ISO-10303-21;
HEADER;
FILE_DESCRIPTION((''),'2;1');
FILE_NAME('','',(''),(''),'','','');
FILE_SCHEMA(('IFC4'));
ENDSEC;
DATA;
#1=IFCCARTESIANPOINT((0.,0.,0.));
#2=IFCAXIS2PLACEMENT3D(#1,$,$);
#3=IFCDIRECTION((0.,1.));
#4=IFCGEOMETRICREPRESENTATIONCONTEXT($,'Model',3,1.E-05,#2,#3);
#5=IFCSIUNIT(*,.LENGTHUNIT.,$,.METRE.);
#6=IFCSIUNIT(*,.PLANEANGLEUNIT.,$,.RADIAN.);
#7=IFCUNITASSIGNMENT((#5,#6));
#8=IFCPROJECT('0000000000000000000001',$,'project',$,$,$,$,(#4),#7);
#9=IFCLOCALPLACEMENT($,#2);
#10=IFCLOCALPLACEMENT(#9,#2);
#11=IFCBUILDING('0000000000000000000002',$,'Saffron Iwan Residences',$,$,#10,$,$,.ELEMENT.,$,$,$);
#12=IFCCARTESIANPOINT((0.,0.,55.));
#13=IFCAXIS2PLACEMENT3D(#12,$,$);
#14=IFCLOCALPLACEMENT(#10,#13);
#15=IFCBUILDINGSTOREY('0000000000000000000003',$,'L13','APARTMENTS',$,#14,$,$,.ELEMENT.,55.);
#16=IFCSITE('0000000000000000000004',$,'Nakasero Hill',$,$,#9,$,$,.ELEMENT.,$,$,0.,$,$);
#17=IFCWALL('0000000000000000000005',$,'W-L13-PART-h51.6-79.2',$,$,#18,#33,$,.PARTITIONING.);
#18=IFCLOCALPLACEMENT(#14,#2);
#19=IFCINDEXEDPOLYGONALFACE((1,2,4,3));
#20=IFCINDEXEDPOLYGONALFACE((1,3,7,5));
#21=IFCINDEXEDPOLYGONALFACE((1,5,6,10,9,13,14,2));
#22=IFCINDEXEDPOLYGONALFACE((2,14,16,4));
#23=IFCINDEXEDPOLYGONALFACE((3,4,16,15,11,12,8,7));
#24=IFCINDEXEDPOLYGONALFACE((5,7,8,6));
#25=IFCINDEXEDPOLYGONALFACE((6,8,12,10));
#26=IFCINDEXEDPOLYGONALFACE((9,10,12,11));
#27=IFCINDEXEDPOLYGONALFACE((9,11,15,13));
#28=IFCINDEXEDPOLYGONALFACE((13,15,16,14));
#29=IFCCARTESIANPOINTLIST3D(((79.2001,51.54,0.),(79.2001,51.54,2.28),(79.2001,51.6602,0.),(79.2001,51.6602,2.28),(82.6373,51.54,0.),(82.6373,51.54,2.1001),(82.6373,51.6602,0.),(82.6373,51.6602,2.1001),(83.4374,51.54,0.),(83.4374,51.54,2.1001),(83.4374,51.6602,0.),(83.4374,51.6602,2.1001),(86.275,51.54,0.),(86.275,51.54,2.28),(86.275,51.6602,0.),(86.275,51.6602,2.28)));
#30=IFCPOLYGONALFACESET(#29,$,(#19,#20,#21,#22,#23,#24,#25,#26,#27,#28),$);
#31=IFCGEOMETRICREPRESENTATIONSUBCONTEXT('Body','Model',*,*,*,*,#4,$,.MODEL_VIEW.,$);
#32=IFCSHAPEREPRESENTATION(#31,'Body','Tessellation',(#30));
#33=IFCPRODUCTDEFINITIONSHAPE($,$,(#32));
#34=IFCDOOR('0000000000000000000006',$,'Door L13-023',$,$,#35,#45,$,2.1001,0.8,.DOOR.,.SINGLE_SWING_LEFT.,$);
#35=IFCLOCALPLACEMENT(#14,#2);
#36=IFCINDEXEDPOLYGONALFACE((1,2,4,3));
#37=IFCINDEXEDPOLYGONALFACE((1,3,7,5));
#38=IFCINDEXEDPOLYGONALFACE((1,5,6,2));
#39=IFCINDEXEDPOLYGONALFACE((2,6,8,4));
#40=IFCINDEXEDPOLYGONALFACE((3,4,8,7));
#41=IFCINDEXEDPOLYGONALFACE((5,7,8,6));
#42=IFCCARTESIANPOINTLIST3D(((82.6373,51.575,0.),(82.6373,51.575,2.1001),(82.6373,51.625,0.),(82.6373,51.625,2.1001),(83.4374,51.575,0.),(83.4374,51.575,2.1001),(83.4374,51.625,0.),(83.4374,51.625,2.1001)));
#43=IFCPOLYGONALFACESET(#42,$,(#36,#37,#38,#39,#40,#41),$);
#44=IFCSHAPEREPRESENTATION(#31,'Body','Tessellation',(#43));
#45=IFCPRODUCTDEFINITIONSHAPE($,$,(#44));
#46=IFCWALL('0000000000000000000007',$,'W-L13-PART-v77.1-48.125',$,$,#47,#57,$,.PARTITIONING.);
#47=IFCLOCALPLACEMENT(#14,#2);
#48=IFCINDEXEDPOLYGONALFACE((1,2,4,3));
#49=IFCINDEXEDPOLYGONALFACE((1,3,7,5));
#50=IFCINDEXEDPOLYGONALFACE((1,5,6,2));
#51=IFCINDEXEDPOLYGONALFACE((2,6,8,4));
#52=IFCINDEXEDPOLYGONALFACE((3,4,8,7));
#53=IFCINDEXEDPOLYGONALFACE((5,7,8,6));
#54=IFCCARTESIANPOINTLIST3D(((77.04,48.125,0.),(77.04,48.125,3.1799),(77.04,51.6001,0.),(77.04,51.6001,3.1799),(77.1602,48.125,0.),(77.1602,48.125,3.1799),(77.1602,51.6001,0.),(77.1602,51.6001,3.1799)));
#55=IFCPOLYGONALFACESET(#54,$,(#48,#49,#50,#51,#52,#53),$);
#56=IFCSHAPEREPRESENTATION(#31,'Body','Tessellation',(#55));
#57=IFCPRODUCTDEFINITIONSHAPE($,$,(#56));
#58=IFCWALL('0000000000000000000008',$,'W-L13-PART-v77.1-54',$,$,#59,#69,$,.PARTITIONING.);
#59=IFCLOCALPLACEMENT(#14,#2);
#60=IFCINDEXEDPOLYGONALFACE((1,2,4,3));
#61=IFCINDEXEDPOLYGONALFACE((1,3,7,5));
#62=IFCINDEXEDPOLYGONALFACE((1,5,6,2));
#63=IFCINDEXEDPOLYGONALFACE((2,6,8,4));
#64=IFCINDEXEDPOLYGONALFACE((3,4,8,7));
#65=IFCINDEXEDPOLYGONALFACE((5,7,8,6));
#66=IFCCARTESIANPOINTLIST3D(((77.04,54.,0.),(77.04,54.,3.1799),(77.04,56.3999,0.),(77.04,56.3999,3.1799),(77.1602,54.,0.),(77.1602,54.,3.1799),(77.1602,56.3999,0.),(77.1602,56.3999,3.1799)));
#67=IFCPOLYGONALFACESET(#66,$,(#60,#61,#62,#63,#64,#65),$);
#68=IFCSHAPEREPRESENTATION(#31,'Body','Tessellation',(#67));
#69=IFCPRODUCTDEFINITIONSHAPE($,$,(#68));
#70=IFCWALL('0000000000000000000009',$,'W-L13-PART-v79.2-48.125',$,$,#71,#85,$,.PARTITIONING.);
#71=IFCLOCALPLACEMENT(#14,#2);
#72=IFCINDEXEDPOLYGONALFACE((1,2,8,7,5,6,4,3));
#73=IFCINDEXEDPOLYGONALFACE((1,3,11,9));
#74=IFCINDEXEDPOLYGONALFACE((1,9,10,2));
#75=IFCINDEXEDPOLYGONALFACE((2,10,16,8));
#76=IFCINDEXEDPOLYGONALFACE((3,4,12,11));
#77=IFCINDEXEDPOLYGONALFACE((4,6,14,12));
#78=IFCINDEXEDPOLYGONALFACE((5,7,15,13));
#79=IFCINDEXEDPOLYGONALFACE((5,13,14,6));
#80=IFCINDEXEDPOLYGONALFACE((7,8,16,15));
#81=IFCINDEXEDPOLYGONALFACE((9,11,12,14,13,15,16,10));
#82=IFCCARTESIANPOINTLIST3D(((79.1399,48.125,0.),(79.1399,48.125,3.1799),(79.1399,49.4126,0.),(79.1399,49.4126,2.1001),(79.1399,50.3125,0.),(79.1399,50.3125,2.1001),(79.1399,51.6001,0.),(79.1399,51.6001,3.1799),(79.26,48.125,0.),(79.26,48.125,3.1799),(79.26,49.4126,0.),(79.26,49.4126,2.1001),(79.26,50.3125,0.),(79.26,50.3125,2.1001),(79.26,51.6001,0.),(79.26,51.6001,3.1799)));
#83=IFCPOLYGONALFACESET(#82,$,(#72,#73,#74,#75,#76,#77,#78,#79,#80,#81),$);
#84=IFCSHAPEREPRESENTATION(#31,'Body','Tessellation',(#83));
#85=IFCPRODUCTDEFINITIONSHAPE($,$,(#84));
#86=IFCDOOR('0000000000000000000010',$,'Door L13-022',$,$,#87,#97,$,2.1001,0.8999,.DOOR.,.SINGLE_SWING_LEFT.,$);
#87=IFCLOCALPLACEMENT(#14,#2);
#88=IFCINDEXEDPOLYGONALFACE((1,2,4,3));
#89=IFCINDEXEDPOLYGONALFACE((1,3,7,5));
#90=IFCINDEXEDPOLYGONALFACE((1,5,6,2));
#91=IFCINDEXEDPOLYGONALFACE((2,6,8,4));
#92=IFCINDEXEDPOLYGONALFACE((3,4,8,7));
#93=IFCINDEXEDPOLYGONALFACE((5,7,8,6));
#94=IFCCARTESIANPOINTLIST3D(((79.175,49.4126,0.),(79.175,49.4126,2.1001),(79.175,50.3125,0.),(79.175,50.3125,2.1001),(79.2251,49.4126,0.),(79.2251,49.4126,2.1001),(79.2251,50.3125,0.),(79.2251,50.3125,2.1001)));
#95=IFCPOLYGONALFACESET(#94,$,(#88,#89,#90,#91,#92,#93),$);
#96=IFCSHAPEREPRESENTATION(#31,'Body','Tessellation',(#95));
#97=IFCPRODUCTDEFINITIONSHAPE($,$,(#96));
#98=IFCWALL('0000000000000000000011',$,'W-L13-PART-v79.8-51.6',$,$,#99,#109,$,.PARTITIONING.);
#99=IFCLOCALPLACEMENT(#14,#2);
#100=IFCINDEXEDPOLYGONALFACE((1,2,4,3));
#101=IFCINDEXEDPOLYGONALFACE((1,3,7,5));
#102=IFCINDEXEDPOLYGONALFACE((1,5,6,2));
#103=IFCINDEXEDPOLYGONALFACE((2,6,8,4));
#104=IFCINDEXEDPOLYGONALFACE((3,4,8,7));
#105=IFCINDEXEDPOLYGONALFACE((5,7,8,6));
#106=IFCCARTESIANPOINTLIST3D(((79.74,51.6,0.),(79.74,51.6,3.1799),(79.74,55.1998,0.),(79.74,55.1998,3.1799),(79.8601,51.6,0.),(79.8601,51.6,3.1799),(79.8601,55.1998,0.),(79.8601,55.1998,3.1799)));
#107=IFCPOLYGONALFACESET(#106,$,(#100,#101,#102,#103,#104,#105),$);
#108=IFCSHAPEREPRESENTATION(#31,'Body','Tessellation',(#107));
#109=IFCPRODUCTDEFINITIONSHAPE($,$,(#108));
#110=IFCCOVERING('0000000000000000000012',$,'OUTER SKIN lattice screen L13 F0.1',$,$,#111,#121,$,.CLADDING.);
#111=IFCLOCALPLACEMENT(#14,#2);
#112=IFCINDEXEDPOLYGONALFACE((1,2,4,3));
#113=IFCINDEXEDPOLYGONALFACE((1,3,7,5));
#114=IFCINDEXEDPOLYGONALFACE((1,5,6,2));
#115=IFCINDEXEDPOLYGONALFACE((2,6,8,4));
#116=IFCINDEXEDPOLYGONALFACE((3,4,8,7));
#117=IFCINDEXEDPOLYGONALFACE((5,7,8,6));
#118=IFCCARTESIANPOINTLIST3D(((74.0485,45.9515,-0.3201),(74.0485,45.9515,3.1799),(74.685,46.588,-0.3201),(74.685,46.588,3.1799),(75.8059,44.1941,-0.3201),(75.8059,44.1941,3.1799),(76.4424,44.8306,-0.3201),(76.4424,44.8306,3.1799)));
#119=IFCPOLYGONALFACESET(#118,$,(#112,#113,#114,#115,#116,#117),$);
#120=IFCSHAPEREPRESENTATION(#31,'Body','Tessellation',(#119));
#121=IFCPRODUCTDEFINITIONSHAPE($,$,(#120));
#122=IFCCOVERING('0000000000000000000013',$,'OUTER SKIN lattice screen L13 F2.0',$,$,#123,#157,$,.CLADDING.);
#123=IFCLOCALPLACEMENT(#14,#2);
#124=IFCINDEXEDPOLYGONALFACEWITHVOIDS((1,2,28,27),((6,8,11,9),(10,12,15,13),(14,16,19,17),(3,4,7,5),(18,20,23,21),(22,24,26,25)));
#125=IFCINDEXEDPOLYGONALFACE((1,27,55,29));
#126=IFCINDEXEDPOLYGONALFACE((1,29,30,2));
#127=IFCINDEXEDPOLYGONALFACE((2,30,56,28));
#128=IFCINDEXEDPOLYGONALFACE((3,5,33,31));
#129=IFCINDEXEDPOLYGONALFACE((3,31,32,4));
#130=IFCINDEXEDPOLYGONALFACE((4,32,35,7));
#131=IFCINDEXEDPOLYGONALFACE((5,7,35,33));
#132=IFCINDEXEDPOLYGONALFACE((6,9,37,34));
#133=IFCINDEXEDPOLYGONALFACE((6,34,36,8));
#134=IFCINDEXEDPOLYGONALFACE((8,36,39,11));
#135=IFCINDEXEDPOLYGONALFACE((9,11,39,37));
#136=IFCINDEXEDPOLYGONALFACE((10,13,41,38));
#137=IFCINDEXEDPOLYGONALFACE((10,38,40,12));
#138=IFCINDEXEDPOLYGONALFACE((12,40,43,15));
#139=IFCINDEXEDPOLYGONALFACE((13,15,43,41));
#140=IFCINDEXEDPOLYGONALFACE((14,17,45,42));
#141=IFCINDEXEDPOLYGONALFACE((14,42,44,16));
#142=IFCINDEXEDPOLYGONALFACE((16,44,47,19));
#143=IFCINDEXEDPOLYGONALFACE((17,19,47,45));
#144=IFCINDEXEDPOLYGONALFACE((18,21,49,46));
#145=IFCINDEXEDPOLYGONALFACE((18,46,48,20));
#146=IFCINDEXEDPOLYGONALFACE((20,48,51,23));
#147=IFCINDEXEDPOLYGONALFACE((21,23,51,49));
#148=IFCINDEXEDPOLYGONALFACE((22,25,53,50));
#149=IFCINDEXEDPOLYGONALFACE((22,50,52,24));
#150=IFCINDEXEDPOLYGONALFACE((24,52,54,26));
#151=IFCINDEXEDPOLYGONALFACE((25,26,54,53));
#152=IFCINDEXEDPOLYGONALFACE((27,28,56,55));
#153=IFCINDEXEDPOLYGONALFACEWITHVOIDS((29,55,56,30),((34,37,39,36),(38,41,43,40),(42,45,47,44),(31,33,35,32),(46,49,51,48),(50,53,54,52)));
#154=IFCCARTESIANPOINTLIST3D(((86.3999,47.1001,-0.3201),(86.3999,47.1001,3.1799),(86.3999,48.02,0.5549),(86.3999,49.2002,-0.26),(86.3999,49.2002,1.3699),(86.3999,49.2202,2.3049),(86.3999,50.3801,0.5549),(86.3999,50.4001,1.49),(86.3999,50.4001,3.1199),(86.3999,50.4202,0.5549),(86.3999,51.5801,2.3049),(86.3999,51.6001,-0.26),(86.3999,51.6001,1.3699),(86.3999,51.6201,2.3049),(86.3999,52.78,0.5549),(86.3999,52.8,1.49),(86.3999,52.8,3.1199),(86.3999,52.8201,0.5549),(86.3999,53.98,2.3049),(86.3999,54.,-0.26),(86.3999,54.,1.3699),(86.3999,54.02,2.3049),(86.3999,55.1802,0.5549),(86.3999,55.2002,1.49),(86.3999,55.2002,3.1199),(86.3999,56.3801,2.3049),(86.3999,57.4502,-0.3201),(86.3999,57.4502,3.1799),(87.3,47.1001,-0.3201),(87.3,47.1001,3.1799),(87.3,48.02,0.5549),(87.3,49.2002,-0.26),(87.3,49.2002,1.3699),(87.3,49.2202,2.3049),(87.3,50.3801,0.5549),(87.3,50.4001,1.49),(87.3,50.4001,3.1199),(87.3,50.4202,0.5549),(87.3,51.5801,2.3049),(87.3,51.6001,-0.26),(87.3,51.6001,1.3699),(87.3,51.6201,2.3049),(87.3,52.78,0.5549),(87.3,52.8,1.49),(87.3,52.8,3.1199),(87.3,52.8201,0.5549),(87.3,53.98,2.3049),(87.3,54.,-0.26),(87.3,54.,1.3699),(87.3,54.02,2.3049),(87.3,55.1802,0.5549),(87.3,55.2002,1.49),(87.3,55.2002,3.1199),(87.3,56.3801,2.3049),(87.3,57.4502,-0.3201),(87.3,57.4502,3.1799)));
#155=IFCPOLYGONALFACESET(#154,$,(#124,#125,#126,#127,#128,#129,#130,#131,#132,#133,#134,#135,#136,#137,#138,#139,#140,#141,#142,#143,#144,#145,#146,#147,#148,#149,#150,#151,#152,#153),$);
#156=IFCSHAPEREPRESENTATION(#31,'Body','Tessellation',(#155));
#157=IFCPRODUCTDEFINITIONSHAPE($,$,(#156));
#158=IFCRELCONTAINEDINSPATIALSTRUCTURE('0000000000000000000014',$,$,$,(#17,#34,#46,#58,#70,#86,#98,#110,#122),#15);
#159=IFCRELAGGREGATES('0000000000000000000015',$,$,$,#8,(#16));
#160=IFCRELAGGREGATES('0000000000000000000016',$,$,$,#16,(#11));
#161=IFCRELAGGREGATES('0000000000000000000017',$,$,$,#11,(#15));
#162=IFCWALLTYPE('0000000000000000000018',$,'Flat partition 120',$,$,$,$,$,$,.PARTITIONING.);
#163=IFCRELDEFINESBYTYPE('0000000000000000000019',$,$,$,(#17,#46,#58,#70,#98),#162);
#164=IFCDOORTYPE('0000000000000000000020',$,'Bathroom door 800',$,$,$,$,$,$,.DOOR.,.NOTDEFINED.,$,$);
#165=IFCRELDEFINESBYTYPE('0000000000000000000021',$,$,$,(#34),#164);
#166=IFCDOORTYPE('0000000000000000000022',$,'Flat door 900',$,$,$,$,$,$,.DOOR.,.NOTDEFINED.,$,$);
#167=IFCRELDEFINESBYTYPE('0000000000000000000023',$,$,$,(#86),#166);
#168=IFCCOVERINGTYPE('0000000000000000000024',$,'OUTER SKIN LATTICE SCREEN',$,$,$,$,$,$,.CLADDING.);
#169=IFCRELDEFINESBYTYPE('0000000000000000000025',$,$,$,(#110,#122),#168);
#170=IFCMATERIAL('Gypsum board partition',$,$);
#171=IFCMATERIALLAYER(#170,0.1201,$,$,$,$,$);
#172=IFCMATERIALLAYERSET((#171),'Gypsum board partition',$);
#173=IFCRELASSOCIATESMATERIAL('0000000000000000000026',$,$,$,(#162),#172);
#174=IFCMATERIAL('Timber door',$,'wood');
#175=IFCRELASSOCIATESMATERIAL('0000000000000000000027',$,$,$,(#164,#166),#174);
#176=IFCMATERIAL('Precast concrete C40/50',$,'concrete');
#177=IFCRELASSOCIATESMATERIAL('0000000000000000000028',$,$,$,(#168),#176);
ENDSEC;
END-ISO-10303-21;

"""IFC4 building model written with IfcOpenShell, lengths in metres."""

from ifc_helpers import new_model, si_unit, direction, frame, frame_2d, origin, place, context, subcontext, project, spatial, polyline, rectangle, outline, extrude, material, layer, layer_set, type_object, element, fill, save


model = new_model("IFC4")

# Units and contexts
model_context = context("Model", 3, precision=1e-05, world=origin(), true_north=direction((0.0, 1.0)))
body_context = subcontext(model_context, "Body", "Model", "MODEL_VIEW")
ifc_project = project(units=[si_unit("LENGTHUNIT", "METRE"), si_unit("PLANEANGLEUNIT", "RADIAN")], contexts=[model_context])

# Site, building, storey
site_placement = place(None, origin())
site = spatial("IfcSite", under=ifc_project, at=site_placement, Name="Nakasero Hill", CompositionType="ELEMENT", RefElevation=0.0)
building_placement = place(site_placement, origin())
building = spatial("IfcBuilding", under=site, at=building_placement, Name="Saffron Iwan Residences", CompositionType="ELEMENT")
storey_placement = place(building_placement, frame((0.0, 0.0, 55.0)))
storey = spatial("IfcBuildingStorey", under=building, at=storey_placement, Name="L13", Description="APARTMENTS", CompositionType="ELEMENT", Elevation=55.0)

# Wall, opening, door
ifc_material_1 = material(Name="Gypsum board partition")
ifc_layer_1 = layer(ifc_material_1, 0.1201)
ifc_layer_set_1 = layer_set([ifc_layer_1], Name="Gypsum board partition")
wall_type_1 = type_object("IfcWallType", Name="Flat partition 120", PredefinedType="PARTITIONING", material=ifc_layer_set_1)
wall_1_placement = place(storey_placement, frame((79.2, 51.6001, 0.0), z_axis=(0.0, 0.0, 1.0), x_axis=(1.0, 0.0, 0.0)))
wall_1 = element("IfcWall", 1, at=wall_1_placement, inside=storey, type_object=wall_type_1, Name="W-L13-PART-h51.6-79.2", PredefinedType="PARTITIONING", context=body_context, shape_type="SweptSolid", body=[
    extrude(rectangle(XDim=7.075, YDim=0.1201, at=frame_2d((3.5376, 0.0))), origin(), (0.0, 0.0, 1.0), 2.28),
])
opening_1_placement = place(wall_1_placement, frame((3.4375, 0.0, 0.0)))
opening_1 = element("IfcOpeningElement", 2, at=opening_1_placement, cuts=wall_1, PredefinedType="OPENING", context=body_context, shape_type="SweptSolid", body=[
    extrude(rectangle(XDim=0.8, YDim=2.1001, at=frame_2d((0.3999, 1.05))), frame((0.0, 0.0701, 0.0), z_axis=(0.0, -1.0, 0.0), x_axis=(1.0, 0.0, 0.0)), (0.0, 0.0, 1.0), 0.1401),
])
ifc_material_2 = material(Name="Timber door", Category="wood")
door_type_1 = type_object("IfcDoorType", Name="Bathroom door 800", OperationType="NOTDEFINED", PredefinedType="DOOR", material=ifc_material_2)
door_1_placement = place(opening_1_placement, origin())
door_1 = element("IfcDoor", 3, at=door_1_placement, inside=storey, type_object=door_type_1, Name="Door L13-023", OperationType="SINGLE_SWING_LEFT", OverallHeight=2.1001, OverallWidth=0.8, PredefinedType="DOOR", context=body_context, shape_type="SweptSolid", body=[
    extrude(rectangle(XDim=0.8, YDim=2.1001, at=frame_2d((0.3999, 1.05))), frame((0.0, 0.0249, 0.0), z_axis=(0.0, -1.0, 0.0), x_axis=(1.0, 0.0, 0.0)), (0.0, 0.0, 1.0), 0.05),
])
fill(opening_1, door_1)

# Walls
wall_2_placement = place(storey_placement, frame((77.1001, 48.125, 0.0), z_axis=(0.0, 0.0, 1.0), x_axis=(0.0, 1.0, 0.0)))
element("IfcWall", 4, at=wall_2_placement, inside=storey, type_object=wall_type_1, Name="W-L13-PART-v77.1-48.125", PredefinedType="PARTITIONING", context=body_context, shape_type="SweptSolid", body=[
    extrude(rectangle(XDim=3.4751, YDim=0.1201, at=frame_2d((1.7375, 0.0))), origin(), (0.0, 0.0, 1.0), 3.1799),
])
wall_3_placement = place(storey_placement, frame((77.1001, 54.0, 0.0), z_axis=(0.0, 0.0, 1.0), x_axis=(0.0, 1.0, 0.0)))
element("IfcWall", 5, at=wall_3_placement, inside=storey, type_object=wall_type_1, Name="W-L13-PART-v77.1-54", PredefinedType="PARTITIONING", context=body_context, shape_type="SweptSolid", body=[
    extrude(rectangle(XDim=2.3999, YDim=0.1201, at=frame_2d((1.2, 0.0))), origin(), (0.0, 0.0, 1.0), 3.1799),
])

# Wall, opening, door
wall_4_placement = place(storey_placement, frame((79.2, 48.125, 0.0), z_axis=(0.0, 0.0, 1.0), x_axis=(0.0, 1.0, 0.0)))
wall_4 = element("IfcWall", 6, at=wall_4_placement, inside=storey, type_object=wall_type_1, Name="W-L13-PART-v79.2-48.125", PredefinedType="PARTITIONING", context=body_context, shape_type="SweptSolid", body=[
    extrude(rectangle(XDim=3.4751, YDim=0.1201, at=frame_2d((1.7375, 0.0))), origin(), (0.0, 0.0, 1.0), 3.1799),
])
opening_2_placement = place(wall_4_placement, frame((1.2876, 0.0, 0.0)))
opening_2 = element("IfcOpeningElement", 7, at=opening_2_placement, cuts=wall_4, PredefinedType="OPENING", context=body_context, shape_type="SweptSolid", body=[
    extrude(rectangle(XDim=0.8999, YDim=2.1001, at=frame_2d((0.45, 1.05))), frame((0.0, 0.0701, 0.0), z_axis=(0.0, -1.0, 0.0), x_axis=(1.0, 0.0, 0.0)), (0.0, 0.0, 1.0), 0.1401),
])
door_type_2 = type_object("IfcDoorType", Name="Flat door 900", OperationType="NOTDEFINED", PredefinedType="DOOR", material=ifc_material_2)
door_2_placement = place(opening_2_placement, origin())
door_2 = element("IfcDoor", 8, at=door_2_placement, inside=storey, type_object=door_type_2, Name="Door L13-022", OperationType="SINGLE_SWING_LEFT", OverallHeight=2.1001, OverallWidth=0.8999, PredefinedType="DOOR", context=body_context, shape_type="SweptSolid", body=[
    extrude(rectangle(XDim=0.8999, YDim=2.1001, at=frame_2d((0.45, 1.05))), frame((0.0, 0.0249, 0.0), z_axis=(0.0, -1.0, 0.0), x_axis=(1.0, 0.0, 0.0)), (0.0, 0.0, 1.0), 0.05),
])
fill(opening_2, door_2)

# Wall
wall_5_placement = place(storey_placement, frame((79.8, 51.6001, 0.0), z_axis=(0.0, 0.0, 1.0), x_axis=(0.0, 1.0, 0.0)))
element("IfcWall", 9, at=wall_5_placement, inside=storey, type_object=wall_type_1, Name="W-L13-PART-v79.8-51.6", PredefinedType="PARTITIONING", context=body_context, shape_type="SweptSolid", body=[
    extrude(rectangle(XDim=3.5999, YDim=0.1201, at=frame_2d((1.7998, 0.0))), origin(), (0.0, 0.0, 1.0), 3.1799),
])

# Coverings
ifc_material_3 = material(Name="Precast concrete C40/50", Category="concrete")
covering_type = type_object("IfcCoveringType", Name="OUTER SKIN LATTICE SCREEN", PredefinedType="CLADDING", material=ifc_material_3)
covering_1_placement = place(storey_placement, frame((75.8059, 44.1941, -0.3201), z_axis=(0.707107, 0.707107, 0.0), x_axis=(-0.707107, 0.707107, 0.0)))
element("IfcCovering", 10, at=covering_1_placement, inside=storey, type_object=covering_type, Name="OUTER SKIN lattice screen L13 F0.1", PredefinedType="CLADDING", context=body_context, shape_type="SweptSolid", body=[
    extrude(outline(polyline([(0.0, 0.0), (2.4854, 0.0), (2.4854, 3.5), (0.0, 3.5), (0.0, 0.0)])), origin(), (0.0, 0.0, 1.0), 0.9001),
])
covering_2_placement = place(storey_placement, frame((86.3999, 47.1001, -0.3201), z_axis=(1.0, 0.0, 0.0), x_axis=(0.0, 1.0, 0.0)))
element("IfcCovering", 11, at=covering_2_placement, inside=storey, type_object=covering_type, Name="OUTER SKIN lattice screen L13 F2.0", PredefinedType="CLADDING", context=body_context, shape_type="SweptSolid", body=[
    extrude(outline(polyline([(0.0, 0.0), (10.3501, 0.0), (10.3501, 3.5), (0.0, 3.5), (0.0, 0.0)]), holes=[polyline([(0.9199, 0.875), (2.1001, 0.0601), (3.28, 0.875), (2.1001, 1.6899), (0.9199, 0.875)]), polyline([(3.3201, 0.875), (4.5, 0.0601), (5.6799, 0.875), (4.5, 1.6899), (3.3201, 0.875)]), polyline([(5.72, 0.875), (6.8999, 0.0601), (8.0801, 0.875), (6.8999, 1.6899), (5.72, 0.875)]), polyline([(2.1201, 2.625), (3.3, 1.8101), (4.48, 2.625), (3.3, 3.4399), (2.1201, 2.625)]), polyline([(4.52, 2.625), (5.7, 1.8101), (6.8799, 2.625), (5.7, 3.4399), (4.52, 2.625)]), polyline([(6.9199, 2.625), (8.1001, 1.8101), (9.28, 2.625), (8.1001, 3.4399), (6.9199, 2.625)])]), origin(), (0.0, 0.0, 1.0), 0.9001),
])

save(model, "model.ifc")
